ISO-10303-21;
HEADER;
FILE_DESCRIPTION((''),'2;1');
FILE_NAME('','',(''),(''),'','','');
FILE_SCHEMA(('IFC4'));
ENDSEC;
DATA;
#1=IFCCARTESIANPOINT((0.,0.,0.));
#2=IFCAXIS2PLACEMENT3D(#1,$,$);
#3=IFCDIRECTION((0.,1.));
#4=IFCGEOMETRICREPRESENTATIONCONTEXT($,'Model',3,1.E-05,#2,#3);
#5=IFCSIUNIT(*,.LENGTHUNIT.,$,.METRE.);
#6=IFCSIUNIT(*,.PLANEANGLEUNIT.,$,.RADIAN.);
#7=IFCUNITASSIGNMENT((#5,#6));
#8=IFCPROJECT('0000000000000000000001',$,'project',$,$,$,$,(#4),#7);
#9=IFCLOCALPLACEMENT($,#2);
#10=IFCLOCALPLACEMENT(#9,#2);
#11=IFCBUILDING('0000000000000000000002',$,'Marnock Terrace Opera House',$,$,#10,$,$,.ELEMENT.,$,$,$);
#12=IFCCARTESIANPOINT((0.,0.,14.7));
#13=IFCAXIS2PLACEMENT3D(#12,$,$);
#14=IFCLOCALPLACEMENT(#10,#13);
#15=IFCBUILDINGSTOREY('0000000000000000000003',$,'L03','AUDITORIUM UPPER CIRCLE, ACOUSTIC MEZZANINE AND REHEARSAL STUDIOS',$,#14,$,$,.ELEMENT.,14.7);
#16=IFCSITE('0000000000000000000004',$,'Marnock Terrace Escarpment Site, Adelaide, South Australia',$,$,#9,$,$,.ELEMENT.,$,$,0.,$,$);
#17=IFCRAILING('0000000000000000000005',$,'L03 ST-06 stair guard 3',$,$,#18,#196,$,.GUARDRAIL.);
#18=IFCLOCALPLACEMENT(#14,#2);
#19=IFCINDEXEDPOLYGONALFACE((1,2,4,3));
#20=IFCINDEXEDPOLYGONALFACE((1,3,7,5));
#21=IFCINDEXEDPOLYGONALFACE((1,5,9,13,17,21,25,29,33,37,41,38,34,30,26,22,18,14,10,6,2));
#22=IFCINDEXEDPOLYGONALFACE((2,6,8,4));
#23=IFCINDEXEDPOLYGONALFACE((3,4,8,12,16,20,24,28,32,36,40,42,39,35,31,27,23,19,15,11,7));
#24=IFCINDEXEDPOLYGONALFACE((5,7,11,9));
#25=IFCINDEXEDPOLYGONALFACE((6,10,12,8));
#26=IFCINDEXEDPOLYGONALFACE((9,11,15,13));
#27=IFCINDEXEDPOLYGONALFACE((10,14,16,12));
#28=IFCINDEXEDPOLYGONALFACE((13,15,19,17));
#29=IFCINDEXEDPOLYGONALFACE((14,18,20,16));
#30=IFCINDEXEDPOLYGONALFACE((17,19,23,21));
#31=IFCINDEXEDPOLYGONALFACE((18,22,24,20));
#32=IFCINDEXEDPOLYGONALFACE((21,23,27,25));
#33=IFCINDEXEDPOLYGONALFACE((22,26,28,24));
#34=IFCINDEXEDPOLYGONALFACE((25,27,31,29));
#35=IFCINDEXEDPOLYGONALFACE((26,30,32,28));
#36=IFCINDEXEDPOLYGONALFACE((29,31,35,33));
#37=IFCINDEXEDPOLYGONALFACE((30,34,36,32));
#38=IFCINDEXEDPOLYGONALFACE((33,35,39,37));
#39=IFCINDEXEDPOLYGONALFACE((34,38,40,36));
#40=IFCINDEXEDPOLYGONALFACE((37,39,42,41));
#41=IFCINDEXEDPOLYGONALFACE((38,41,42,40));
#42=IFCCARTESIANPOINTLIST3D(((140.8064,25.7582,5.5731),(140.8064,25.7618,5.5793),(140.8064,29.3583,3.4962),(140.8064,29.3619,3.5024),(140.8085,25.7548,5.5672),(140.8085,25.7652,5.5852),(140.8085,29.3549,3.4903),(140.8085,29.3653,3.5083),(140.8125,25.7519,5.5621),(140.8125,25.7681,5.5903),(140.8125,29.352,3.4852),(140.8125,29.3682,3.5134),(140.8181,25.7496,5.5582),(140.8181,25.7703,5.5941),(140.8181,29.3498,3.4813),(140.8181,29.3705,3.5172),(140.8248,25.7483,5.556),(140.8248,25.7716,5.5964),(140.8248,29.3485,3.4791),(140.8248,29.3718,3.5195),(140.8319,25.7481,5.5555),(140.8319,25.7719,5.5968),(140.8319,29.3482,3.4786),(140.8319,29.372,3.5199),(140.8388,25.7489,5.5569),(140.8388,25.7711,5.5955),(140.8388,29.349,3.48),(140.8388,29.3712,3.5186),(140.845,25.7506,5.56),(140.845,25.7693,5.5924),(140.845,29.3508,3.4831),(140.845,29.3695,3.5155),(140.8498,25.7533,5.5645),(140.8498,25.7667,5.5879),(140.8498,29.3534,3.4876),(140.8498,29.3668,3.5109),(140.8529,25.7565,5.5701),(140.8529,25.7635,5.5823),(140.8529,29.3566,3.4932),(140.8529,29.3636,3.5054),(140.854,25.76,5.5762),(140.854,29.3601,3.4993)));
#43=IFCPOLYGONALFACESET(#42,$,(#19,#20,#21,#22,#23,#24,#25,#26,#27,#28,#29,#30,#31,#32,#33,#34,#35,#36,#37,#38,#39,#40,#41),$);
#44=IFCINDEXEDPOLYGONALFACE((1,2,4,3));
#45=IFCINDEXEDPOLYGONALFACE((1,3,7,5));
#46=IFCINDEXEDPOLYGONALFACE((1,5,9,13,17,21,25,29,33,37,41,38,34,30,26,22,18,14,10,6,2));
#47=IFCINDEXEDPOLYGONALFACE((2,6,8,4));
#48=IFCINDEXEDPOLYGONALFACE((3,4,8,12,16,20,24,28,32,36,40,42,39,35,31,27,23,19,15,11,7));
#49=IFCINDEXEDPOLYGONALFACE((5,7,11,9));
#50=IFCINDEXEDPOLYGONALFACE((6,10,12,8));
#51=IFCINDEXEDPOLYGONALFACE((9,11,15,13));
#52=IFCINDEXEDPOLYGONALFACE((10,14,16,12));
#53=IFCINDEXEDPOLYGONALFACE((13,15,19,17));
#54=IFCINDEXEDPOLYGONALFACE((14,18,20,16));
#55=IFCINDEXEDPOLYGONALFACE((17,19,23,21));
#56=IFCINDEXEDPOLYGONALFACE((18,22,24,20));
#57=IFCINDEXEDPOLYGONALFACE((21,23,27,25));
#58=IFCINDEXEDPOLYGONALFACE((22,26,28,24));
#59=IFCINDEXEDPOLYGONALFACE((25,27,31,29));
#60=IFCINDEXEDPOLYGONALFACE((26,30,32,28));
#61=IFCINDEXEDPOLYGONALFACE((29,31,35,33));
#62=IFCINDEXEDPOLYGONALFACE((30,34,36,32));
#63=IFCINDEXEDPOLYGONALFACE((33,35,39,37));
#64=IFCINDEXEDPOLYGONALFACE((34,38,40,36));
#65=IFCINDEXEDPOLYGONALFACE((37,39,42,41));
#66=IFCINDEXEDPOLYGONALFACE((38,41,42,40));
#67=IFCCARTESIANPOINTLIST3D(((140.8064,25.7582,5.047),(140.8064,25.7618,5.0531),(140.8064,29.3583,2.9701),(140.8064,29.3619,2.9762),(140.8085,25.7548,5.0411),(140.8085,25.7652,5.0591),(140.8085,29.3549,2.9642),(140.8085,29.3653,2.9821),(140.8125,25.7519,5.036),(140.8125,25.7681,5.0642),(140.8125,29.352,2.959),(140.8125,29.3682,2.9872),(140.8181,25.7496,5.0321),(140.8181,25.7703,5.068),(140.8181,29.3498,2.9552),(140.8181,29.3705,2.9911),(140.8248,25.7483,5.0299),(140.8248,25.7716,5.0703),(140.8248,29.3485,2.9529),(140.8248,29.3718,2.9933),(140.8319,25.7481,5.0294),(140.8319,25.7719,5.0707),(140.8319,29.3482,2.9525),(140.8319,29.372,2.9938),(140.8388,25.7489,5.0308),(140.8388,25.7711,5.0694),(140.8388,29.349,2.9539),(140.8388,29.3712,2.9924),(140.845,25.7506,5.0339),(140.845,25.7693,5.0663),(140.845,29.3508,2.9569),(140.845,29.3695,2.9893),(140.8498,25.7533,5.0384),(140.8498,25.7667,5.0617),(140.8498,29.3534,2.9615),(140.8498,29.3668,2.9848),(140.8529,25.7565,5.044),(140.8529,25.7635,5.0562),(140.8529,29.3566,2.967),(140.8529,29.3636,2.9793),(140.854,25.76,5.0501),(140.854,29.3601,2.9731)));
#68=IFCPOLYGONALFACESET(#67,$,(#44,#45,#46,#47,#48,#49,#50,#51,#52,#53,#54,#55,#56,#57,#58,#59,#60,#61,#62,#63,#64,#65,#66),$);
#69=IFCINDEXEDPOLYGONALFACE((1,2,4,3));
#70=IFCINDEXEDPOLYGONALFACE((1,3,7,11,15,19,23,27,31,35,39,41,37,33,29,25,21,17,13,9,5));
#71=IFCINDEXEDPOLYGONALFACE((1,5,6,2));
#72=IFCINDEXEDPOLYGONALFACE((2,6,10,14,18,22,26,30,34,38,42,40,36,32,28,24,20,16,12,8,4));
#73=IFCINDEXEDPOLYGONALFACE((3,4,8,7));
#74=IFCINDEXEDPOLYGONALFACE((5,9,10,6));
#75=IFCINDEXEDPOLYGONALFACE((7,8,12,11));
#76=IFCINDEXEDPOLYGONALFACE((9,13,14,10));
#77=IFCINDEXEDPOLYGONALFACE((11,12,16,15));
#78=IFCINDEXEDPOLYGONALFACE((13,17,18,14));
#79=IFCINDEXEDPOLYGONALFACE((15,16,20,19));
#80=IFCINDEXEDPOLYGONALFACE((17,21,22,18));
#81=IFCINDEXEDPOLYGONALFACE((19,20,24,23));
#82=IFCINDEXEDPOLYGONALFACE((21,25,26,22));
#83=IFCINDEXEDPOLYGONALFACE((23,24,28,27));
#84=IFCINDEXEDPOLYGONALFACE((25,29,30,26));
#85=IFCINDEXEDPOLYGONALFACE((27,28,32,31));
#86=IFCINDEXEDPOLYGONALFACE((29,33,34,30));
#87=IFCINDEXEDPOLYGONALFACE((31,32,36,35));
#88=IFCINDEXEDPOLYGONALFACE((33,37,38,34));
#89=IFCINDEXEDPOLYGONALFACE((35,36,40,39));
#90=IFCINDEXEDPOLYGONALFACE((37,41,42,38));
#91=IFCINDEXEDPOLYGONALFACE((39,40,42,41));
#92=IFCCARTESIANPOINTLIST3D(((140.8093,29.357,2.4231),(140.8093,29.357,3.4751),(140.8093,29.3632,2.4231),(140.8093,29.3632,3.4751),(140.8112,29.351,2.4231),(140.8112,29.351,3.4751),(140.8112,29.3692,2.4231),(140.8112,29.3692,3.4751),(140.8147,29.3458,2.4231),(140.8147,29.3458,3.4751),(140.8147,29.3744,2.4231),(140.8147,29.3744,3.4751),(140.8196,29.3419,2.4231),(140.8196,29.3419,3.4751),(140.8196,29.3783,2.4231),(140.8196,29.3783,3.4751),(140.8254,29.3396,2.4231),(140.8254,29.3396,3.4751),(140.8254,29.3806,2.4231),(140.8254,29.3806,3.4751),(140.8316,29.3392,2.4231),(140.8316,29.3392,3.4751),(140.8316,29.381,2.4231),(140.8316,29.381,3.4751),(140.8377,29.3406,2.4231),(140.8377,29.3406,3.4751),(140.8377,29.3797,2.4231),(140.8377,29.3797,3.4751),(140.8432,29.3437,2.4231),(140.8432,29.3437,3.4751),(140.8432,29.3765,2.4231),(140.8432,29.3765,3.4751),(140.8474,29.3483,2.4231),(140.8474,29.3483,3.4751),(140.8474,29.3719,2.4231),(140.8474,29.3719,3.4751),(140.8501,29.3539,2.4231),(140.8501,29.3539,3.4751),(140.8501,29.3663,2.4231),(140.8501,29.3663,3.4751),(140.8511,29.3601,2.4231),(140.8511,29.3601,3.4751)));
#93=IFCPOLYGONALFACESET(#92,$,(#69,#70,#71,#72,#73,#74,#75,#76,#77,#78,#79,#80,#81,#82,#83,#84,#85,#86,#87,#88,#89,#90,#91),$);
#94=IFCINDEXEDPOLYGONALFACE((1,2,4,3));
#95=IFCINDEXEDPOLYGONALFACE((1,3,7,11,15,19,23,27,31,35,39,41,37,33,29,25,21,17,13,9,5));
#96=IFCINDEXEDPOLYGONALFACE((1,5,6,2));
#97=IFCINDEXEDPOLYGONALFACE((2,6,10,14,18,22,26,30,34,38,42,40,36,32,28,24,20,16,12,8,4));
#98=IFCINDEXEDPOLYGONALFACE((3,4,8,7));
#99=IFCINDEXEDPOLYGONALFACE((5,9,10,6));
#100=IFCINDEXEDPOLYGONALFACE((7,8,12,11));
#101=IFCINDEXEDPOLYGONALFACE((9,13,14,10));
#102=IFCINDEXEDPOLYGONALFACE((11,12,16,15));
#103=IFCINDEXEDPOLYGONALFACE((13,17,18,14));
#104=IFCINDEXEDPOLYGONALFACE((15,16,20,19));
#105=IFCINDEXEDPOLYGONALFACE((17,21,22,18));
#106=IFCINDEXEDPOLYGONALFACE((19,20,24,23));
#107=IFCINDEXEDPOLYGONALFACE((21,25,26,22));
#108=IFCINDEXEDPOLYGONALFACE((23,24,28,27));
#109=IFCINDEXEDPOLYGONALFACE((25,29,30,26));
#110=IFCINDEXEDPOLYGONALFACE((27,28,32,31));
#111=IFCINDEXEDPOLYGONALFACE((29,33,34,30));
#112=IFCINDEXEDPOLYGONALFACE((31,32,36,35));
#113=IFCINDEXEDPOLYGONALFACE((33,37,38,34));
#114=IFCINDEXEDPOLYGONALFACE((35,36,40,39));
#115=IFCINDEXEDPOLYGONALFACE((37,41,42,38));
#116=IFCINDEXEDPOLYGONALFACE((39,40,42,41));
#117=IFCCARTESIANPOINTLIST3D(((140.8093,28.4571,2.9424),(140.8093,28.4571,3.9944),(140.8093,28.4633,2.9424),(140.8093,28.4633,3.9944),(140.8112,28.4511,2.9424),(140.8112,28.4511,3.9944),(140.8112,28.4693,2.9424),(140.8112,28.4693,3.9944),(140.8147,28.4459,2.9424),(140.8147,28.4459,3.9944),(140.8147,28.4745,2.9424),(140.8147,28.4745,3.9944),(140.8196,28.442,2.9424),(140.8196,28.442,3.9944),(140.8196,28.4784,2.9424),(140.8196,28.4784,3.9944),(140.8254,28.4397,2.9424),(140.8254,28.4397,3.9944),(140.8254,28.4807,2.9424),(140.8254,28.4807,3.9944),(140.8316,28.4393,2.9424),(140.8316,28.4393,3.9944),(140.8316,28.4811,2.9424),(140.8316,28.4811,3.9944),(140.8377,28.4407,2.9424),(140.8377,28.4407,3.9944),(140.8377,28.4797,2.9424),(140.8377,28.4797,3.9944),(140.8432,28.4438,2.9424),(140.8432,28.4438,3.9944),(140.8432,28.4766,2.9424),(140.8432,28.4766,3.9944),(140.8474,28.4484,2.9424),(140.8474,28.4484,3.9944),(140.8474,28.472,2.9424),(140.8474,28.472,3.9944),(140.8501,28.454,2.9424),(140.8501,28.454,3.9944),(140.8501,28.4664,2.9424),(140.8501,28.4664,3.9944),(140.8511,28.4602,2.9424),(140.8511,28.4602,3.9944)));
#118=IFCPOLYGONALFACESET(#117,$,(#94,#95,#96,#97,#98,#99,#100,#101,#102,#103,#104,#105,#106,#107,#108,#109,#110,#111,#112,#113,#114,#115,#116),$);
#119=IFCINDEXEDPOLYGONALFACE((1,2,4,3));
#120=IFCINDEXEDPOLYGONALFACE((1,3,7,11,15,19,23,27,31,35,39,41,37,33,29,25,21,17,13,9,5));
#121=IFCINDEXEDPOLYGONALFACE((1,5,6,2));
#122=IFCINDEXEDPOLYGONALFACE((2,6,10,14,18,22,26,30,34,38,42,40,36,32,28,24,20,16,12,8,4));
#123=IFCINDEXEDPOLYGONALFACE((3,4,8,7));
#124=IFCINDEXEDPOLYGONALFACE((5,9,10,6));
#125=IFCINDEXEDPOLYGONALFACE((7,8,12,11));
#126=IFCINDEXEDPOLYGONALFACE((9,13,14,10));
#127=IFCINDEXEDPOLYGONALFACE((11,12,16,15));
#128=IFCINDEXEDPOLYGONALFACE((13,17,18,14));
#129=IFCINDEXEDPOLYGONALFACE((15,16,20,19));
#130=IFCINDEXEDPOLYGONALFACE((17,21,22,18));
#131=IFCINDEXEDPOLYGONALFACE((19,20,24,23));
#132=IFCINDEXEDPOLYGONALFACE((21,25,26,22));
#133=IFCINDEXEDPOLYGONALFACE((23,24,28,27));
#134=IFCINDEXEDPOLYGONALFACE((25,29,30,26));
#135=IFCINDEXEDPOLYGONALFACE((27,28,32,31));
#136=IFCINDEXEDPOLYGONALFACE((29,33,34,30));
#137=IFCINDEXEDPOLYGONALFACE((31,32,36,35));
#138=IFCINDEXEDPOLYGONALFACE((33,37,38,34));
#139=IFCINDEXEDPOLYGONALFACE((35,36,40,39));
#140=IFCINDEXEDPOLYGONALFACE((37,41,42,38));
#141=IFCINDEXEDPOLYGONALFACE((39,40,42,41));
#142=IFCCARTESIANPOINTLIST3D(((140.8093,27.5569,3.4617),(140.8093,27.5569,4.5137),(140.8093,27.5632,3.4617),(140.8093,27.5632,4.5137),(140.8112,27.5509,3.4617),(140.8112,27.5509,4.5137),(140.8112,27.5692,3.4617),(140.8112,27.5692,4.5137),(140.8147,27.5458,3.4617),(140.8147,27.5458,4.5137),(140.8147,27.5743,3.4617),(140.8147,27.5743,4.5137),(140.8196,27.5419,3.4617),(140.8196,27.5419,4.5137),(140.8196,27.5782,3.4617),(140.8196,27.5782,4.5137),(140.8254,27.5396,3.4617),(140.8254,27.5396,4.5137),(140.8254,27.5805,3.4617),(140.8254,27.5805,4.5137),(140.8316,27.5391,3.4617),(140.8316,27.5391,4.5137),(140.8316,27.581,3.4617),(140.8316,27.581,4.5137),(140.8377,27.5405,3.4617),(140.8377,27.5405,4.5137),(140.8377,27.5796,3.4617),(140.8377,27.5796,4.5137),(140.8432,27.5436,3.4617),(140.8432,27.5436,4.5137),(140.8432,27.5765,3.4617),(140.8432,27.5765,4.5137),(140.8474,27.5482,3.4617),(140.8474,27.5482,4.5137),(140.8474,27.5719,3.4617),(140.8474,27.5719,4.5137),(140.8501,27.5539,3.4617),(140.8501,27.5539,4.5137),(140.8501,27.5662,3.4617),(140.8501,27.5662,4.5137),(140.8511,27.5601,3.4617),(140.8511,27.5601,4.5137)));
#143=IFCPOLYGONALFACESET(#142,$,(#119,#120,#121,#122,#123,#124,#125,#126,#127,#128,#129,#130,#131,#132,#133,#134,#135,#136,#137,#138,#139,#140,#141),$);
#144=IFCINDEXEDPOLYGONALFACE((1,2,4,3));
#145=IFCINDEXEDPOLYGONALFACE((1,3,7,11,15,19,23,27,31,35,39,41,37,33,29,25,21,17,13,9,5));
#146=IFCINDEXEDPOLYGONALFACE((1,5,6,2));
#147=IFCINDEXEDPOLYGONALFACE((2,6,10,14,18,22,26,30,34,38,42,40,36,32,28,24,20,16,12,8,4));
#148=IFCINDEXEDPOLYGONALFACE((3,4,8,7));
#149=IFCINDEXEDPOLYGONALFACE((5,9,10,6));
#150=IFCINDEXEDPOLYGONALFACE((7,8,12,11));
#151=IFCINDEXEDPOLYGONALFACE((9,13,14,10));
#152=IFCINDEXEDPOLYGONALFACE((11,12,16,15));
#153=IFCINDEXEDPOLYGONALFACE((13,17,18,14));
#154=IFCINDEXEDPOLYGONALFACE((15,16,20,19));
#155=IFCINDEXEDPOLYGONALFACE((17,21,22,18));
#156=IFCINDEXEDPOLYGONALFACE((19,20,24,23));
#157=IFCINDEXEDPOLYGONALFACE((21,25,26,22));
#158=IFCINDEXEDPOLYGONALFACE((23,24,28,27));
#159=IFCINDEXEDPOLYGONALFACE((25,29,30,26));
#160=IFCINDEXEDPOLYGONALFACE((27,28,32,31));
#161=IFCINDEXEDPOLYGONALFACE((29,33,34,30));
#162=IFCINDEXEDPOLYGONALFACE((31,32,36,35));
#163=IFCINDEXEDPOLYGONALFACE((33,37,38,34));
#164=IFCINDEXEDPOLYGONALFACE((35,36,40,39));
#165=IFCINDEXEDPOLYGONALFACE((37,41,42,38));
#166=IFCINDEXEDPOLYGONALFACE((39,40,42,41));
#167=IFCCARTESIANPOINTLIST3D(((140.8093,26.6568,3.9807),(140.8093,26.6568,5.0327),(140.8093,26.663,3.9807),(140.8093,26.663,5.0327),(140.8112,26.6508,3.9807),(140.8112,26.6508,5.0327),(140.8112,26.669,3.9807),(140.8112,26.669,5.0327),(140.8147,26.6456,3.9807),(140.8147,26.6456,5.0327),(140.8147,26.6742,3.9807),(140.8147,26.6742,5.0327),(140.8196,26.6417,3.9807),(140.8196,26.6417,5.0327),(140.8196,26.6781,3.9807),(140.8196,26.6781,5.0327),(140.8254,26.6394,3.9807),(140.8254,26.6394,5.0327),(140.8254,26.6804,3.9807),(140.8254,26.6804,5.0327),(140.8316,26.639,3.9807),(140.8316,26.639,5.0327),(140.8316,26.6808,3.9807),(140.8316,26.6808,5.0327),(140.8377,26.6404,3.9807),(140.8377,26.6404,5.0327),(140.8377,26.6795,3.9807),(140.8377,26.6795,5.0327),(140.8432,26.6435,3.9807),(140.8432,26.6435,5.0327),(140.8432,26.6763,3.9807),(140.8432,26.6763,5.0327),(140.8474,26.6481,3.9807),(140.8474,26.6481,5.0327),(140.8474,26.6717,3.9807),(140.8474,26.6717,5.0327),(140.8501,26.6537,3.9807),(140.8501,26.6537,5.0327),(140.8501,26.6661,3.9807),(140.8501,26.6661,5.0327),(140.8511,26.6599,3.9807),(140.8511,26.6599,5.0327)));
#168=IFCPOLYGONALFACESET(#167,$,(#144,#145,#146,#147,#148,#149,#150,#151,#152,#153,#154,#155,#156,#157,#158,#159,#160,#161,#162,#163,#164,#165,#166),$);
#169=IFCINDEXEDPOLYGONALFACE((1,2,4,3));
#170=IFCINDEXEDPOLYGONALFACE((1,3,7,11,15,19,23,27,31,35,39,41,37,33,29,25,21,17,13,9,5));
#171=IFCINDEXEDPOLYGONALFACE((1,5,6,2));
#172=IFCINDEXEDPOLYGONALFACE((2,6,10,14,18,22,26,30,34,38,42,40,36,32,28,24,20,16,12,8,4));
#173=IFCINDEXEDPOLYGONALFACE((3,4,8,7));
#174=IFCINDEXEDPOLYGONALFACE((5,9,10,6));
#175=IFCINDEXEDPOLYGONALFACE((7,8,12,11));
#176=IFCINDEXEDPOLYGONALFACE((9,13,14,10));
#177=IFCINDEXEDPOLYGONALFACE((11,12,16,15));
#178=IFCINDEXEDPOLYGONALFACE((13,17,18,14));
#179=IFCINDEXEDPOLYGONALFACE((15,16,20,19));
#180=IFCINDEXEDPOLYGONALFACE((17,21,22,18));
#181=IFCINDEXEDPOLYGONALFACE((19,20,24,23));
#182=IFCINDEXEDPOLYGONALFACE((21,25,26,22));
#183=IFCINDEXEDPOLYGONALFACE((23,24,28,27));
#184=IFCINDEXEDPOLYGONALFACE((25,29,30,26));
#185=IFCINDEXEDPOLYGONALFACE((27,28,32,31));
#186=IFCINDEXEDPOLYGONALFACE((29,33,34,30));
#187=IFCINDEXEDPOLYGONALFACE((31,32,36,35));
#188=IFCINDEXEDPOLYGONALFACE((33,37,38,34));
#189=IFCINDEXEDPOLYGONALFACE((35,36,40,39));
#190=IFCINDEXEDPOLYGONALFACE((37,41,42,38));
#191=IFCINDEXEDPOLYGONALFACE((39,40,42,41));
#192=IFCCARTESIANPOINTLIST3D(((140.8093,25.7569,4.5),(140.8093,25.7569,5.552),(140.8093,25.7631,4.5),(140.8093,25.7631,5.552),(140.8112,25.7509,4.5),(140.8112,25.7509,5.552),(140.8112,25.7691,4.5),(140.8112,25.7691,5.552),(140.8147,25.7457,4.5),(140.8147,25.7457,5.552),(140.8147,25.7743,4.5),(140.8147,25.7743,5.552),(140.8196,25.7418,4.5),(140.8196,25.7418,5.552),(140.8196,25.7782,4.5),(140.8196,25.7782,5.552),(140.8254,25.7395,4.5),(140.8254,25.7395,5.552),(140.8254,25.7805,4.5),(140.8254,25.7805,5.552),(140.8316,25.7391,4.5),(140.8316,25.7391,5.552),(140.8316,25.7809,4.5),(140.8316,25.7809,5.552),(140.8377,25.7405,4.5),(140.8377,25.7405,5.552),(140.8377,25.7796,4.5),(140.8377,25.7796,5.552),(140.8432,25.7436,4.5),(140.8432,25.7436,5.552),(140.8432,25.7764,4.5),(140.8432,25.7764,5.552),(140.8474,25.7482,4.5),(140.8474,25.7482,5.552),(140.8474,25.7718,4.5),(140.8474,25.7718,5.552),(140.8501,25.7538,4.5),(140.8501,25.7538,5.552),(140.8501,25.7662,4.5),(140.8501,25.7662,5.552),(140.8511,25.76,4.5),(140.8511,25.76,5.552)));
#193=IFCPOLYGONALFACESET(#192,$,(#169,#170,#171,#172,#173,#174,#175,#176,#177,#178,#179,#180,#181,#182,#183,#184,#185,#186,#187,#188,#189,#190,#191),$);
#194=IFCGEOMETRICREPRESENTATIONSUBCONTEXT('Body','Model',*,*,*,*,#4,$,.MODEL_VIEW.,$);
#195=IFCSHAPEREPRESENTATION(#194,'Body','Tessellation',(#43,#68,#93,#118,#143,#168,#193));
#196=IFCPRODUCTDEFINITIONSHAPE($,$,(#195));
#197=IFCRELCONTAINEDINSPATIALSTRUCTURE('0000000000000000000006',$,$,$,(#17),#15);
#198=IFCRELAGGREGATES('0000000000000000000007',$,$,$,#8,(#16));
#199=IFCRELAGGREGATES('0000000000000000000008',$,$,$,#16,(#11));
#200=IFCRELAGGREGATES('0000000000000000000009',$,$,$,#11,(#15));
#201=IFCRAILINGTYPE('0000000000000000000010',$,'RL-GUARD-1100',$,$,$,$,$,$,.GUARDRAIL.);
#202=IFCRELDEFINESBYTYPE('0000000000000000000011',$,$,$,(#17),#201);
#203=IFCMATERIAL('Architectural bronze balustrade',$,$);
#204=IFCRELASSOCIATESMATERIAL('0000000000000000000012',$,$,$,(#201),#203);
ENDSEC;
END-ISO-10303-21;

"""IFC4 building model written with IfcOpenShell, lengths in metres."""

from ifc_helpers import new_model, si_unit, direction, frame, origin, origin_2d, place, context, subcontext, project, spatial, circle, extrude, material, type_object, element, save


model = new_model("IFC4")

# Units and contexts
model_context = context("Model", 3, precision=1e-05, world=origin(), true_north=direction((0.0, 1.0)))
body_context = subcontext(model_context, "Body", "Model", "MODEL_VIEW")
ifc_project = project(units=[si_unit("LENGTHUNIT", "METRE"), si_unit("PLANEANGLEUNIT", "RADIAN")], contexts=[model_context])

# Site, building, storey
site_placement = place(None, origin())
site = spatial("IfcSite", under=ifc_project, at=site_placement, Name="Marnock Terrace Escarpment Site, Adelaide, South Australia", CompositionType="ELEMENT", RefElevation=0.0)
building_placement = place(site_placement, origin())
building = spatial("IfcBuilding", under=site, at=building_placement, Name="Marnock Terrace Opera House", CompositionType="ELEMENT")
storey_placement = place(building_placement, frame((0.0, 0.0, 14.7)))
storey = spatial("IfcBuildingStorey", under=building, at=storey_placement, Name="L03", Description="AUDITORIUM UPPER CIRCLE, ACOUSTIC MEZZANINE AND REHEARSAL STUDIOS", CompositionType="ELEMENT", Elevation=14.7)

# Railing
ifc_material_1 = material(Name="Architectural bronze balustrade")
railing_type_1 = type_object("IfcRailingType", Name="RL-GUARD-1100", PredefinedType="GUARDRAIL", material=ifc_material_1)
railing_1_placement = place(storey_placement, frame((140.8301, 29.3601, 2.4231)))
element("IfcRailing", 1, at=railing_1_placement, inside=storey, type_object=railing_type_1, Name="L03 ST-06 stair guard 3", PredefinedType="GUARDRAIL", context=body_context, shape_type="SweptSolid", body=[
    extrude(circle(Radius=0.0239, at=origin_2d()), frame((0.0, 0.0, 1.0762), z_axis=(0.0, -0.866193, 0.499709), x_axis=(1.0, 0.0, 0.0)), (0.0, 0.0, 1.0), 4.1562),
    extrude(circle(Radius=0.0239, at=origin_2d()), frame((0.0, 0.0, 0.55), z_axis=(0.0, -0.866193, 0.499709), x_axis=(1.0, 0.0, 0.0)), (0.0, 0.0, 1.0), 4.1562),
    extrude(circle(Radius=0.021, at=origin_2d()), origin(), (0.0, 0.0, 1.0), 1.052),
    extrude(circle(Radius=0.021, at=origin_2d()), frame((0.0, -0.8999, 0.5193)), (0.0, 0.0, 1.0), 1.052),
    extrude(circle(Radius=0.021, at=origin_2d()), frame((0.0, -1.8, 1.0386)), (0.0, 0.0, 1.0), 1.052),
    extrude(circle(Radius=0.021, at=origin_2d()), frame((0.0, -2.7002, 1.5576)), (0.0, 0.0, 1.0), 1.052),
    extrude(circle(Radius=0.021, at=origin_2d()), frame((0.0, -3.6001, 2.0769)), (0.0, 0.0, 1.0), 1.052),
])

save(model, "model.ifc")
